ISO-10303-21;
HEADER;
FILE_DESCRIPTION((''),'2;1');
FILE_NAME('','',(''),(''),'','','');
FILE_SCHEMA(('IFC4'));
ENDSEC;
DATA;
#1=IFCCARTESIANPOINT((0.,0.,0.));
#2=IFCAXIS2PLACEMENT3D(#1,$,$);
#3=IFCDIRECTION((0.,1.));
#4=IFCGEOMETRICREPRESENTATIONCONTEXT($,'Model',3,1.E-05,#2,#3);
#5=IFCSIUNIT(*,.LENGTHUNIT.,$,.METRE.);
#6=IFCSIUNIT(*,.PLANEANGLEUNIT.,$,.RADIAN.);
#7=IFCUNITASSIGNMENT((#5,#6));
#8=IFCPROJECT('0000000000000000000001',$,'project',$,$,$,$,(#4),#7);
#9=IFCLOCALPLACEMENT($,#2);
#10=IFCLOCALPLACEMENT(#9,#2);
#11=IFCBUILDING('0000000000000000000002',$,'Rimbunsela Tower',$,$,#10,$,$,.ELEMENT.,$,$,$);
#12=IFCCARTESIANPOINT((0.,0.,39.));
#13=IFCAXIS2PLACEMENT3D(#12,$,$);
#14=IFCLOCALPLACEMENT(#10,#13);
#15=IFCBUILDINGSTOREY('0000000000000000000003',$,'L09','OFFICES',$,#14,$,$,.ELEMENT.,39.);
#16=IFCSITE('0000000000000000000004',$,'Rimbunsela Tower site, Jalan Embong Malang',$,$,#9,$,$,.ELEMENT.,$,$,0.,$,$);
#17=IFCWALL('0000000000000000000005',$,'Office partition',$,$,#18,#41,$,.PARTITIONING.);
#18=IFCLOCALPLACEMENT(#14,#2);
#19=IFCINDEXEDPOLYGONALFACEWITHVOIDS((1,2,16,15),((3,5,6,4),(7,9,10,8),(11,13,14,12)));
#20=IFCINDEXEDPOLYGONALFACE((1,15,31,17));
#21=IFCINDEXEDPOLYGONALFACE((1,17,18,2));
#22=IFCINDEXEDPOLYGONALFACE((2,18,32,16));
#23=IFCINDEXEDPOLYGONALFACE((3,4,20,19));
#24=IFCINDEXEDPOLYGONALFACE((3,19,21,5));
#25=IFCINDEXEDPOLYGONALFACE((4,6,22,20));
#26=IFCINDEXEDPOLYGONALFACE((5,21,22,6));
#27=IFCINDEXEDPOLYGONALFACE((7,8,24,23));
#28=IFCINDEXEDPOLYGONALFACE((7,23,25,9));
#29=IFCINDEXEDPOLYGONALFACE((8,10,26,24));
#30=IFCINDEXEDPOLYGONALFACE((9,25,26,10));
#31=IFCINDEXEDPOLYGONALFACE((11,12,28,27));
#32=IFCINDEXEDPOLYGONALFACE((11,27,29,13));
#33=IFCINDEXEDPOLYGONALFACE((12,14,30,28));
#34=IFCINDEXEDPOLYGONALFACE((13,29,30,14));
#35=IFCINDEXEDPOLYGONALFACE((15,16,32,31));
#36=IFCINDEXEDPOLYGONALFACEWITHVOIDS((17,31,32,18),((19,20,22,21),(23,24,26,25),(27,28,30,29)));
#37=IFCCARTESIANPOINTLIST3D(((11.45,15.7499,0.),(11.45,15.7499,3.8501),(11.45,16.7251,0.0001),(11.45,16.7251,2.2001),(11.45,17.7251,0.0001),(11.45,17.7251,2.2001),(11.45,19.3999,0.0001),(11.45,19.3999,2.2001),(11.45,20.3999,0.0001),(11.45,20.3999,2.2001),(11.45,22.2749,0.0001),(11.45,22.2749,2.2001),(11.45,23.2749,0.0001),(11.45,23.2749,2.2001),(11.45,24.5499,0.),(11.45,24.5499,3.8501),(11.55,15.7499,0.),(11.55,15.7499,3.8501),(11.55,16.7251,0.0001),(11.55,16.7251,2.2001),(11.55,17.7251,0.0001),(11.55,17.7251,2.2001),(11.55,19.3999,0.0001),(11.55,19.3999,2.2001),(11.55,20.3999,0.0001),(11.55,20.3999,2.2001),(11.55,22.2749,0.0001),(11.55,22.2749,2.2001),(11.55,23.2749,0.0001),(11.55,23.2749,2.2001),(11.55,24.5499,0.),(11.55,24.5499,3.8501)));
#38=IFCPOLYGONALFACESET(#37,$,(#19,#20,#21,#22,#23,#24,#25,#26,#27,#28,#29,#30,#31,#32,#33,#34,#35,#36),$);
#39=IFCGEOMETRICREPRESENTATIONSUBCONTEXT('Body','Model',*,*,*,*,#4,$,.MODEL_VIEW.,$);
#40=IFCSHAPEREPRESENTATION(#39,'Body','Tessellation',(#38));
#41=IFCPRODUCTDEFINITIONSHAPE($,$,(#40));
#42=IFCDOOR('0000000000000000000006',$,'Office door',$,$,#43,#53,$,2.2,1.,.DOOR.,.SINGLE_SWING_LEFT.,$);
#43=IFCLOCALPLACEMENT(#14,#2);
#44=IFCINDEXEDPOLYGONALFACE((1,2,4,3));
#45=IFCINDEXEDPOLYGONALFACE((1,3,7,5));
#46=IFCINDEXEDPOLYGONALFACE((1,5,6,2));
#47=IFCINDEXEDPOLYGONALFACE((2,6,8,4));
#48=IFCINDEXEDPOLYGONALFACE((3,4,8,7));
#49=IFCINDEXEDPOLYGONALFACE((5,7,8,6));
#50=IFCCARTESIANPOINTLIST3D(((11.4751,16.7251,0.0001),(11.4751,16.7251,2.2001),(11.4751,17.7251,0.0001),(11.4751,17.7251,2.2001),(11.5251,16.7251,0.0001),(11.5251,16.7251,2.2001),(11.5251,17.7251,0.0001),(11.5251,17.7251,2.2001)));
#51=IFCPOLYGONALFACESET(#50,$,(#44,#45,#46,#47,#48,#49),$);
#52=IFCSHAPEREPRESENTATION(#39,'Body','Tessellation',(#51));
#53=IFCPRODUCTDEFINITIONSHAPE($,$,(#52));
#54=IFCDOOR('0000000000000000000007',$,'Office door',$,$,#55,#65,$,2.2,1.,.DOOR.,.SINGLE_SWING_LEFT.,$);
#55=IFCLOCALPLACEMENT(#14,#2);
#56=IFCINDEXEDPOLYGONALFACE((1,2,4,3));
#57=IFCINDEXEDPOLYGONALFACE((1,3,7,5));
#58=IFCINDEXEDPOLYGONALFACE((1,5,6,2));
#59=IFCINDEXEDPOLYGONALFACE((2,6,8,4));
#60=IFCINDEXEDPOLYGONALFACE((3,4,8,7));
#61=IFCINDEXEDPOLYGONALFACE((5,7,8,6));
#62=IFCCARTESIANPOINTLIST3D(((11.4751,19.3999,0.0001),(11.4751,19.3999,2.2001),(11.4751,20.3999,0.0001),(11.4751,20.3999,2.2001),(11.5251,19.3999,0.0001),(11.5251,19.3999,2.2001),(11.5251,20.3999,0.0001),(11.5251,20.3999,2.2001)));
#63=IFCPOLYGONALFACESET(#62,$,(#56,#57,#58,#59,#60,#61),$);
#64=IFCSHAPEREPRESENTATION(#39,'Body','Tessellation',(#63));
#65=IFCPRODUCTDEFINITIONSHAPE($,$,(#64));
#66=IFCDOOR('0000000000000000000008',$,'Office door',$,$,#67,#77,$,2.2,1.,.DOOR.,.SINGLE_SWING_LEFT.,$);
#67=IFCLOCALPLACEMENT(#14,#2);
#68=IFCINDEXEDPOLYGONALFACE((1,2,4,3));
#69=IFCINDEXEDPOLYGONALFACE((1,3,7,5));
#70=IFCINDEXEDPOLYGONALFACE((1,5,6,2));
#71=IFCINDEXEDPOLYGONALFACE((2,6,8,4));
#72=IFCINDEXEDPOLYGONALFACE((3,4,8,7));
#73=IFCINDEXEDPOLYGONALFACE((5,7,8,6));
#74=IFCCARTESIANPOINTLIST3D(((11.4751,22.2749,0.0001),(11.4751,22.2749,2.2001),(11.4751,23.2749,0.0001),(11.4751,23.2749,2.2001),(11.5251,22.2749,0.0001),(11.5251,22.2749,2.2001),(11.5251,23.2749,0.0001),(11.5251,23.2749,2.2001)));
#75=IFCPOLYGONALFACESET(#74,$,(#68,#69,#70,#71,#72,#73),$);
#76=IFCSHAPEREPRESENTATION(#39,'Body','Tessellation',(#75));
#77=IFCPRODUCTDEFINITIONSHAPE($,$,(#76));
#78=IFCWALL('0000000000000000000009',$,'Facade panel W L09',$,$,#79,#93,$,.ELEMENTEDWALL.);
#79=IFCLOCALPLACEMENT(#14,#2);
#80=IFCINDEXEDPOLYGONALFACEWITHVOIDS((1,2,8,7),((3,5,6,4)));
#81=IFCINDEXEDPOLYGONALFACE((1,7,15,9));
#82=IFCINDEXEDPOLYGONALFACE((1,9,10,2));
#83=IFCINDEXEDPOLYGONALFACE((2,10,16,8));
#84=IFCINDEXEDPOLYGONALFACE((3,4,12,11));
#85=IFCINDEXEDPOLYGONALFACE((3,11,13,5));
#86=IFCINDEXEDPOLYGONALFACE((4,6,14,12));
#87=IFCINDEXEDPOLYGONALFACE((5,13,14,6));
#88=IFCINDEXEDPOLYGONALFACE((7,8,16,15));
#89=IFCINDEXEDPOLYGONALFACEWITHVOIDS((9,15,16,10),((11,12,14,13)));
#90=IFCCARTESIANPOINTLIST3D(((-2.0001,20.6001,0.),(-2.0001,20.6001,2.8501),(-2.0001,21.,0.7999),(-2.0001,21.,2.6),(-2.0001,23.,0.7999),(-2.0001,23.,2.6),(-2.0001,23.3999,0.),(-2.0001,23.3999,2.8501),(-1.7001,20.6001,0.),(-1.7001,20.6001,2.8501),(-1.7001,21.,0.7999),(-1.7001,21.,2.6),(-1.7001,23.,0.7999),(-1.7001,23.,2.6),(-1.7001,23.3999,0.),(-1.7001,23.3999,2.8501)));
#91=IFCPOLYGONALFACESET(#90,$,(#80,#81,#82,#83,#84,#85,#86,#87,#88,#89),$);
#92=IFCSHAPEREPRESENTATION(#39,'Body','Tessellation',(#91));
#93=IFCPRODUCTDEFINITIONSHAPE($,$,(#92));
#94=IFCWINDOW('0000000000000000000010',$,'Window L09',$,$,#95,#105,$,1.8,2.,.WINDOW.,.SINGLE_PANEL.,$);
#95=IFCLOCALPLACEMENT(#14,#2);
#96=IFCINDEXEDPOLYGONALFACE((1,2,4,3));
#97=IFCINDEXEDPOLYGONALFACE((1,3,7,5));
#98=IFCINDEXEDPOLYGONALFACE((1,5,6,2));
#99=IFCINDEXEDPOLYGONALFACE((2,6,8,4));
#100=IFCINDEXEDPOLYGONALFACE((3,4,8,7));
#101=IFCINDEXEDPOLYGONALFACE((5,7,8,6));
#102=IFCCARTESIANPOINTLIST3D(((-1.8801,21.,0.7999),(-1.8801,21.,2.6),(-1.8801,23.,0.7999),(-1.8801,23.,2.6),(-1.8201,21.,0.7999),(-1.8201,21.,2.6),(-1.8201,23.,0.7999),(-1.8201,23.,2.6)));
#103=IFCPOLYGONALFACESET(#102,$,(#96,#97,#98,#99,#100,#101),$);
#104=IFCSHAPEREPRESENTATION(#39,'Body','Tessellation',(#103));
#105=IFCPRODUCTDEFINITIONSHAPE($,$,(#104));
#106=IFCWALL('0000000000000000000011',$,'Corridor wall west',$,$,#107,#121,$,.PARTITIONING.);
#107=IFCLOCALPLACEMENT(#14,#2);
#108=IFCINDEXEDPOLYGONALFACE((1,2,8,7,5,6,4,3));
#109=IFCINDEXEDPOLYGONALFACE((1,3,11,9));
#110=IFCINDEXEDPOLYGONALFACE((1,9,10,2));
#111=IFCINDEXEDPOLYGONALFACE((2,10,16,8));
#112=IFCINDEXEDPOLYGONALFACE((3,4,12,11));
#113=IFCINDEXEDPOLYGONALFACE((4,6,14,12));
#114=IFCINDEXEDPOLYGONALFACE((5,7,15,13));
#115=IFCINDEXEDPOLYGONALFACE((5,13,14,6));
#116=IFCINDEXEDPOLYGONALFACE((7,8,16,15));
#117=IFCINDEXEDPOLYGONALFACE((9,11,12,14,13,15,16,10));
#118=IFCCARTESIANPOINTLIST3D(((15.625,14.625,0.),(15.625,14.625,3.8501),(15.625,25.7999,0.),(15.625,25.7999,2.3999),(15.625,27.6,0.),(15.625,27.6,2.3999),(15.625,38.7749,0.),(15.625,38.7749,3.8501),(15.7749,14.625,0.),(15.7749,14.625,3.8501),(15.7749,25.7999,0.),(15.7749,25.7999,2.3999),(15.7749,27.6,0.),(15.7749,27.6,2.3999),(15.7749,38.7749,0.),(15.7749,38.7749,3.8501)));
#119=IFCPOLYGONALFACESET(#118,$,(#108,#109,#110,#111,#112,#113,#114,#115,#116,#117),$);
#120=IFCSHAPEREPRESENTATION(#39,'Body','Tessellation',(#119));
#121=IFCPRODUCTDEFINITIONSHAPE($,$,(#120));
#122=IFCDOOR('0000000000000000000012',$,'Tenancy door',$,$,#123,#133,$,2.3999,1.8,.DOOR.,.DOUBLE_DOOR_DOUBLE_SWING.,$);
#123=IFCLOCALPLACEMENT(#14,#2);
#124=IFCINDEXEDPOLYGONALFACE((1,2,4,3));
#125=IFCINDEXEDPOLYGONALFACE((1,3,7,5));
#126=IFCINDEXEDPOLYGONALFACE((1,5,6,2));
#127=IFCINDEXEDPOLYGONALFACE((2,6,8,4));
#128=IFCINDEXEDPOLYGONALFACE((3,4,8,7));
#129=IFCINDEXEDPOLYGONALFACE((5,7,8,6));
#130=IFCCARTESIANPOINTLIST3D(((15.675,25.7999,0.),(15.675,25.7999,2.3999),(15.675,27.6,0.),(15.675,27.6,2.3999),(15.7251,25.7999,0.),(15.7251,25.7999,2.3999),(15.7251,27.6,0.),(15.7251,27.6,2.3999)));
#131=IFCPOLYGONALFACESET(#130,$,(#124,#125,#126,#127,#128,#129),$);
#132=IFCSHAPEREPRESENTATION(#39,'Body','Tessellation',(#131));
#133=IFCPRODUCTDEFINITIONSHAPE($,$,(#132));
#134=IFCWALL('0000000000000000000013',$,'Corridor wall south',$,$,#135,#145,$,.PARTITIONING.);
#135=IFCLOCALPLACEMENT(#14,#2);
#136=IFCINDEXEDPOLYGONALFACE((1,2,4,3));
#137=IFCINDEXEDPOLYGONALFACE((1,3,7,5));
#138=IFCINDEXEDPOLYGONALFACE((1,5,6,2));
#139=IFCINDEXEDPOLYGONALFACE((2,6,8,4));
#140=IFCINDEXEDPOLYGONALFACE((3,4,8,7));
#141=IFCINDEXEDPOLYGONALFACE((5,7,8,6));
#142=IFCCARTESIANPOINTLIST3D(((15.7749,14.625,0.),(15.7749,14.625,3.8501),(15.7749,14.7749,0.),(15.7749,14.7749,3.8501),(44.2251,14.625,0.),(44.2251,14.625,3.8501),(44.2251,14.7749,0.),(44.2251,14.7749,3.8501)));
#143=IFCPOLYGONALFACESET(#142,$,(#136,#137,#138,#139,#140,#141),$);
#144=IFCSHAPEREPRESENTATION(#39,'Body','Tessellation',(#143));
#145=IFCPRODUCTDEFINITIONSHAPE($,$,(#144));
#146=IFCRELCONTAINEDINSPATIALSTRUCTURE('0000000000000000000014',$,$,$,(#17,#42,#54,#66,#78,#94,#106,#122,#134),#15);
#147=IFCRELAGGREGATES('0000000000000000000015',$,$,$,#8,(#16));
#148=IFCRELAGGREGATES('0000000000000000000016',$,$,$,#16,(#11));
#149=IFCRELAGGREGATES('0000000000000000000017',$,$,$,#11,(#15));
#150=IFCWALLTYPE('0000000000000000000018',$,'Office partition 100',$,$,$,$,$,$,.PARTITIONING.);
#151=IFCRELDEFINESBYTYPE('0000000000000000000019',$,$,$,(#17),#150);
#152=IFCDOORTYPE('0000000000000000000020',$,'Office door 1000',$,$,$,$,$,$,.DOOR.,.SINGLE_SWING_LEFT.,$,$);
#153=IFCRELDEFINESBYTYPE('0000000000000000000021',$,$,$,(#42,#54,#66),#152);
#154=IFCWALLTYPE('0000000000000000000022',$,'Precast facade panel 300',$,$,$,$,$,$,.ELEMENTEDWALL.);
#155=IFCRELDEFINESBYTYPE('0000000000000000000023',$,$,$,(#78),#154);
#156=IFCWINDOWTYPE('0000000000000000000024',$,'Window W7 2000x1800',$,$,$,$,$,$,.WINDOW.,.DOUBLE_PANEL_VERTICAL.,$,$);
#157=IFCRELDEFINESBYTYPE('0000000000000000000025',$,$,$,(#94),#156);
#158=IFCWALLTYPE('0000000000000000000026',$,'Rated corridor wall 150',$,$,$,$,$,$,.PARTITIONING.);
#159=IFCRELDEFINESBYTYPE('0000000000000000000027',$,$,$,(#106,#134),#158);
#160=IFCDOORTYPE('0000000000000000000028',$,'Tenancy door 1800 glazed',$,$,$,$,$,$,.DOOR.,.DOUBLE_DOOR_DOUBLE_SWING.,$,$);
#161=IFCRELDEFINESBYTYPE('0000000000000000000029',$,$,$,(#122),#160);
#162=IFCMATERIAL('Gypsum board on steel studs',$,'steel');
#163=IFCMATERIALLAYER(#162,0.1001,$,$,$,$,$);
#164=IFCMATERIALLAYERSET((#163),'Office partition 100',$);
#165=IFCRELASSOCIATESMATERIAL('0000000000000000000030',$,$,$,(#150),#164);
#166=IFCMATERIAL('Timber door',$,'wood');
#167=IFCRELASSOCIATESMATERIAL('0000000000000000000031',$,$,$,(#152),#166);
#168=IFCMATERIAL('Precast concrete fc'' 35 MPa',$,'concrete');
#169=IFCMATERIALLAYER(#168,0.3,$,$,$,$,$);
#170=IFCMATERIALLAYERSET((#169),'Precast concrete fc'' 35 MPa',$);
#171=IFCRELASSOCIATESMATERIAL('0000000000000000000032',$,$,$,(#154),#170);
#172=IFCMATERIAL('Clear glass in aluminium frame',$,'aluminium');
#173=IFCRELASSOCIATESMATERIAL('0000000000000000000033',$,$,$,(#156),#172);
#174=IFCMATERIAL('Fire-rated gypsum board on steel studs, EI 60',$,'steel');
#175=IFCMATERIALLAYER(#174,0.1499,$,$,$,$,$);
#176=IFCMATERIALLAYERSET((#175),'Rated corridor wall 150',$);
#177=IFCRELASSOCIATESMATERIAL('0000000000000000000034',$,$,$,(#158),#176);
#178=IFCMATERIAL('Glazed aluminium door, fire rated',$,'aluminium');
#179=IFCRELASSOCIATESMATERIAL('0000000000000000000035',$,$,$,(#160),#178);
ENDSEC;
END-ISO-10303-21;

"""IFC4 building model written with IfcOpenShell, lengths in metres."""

from ifc_helpers import new_model, si_unit, direction, frame, frame_2d, origin, place, context, subcontext, project, spatial, rectangle, extrude, material, layer, layer_set, type_object, element, fill, save


model = new_model("IFC4")

# Units and contexts
model_context = context("Model", 3, precision=1e-05, world=origin(), true_north=direction((0.0, 1.0)))
body_context = subcontext(model_context, "Body", "Model", "MODEL_VIEW")
ifc_project = project(units=[si_unit("LENGTHUNIT", "METRE"), si_unit("PLANEANGLEUNIT", "RADIAN")], contexts=[model_context])

# Site, building, storey
site_placement = place(None, origin())
site = spatial("IfcSite", under=ifc_project, at=site_placement, Name="Rimbunsela Tower site, Jalan Embong Malang", CompositionType="ELEMENT", RefElevation=0.0)
building_placement = place(site_placement, origin())
building = spatial("IfcBuilding", under=site, at=building_placement, Name="Rimbunsela Tower", CompositionType="ELEMENT")
storey_placement = place(building_placement, frame((0.0, 0.0, 39.0)))
storey = spatial("IfcBuildingStorey", under=building, at=storey_placement, Name="L09", Description="OFFICES", CompositionType="ELEMENT", Elevation=39.0)

# Shared definitions
ifc_material_1 = material(Name="Gypsum board on steel studs", Category="steel")
ifc_layer_1 = layer(ifc_material_1, 0.1001)
ifc_layer_set_1 = layer_set([ifc_layer_1], Name="Office partition 100")
wall_type_1 = type_object("IfcWallType", Name="Office partition 100", PredefinedType="PARTITIONING", material=ifc_layer_set_1)

# Wall, openings, doors
ifc_material_2 = material(Name="Timber door", Category="wood")
door_type_1 = type_object("IfcDoorType", Name="Office door 1000", OperationType="SINGLE_SWING_LEFT", PredefinedType="DOOR", material=ifc_material_2)
wall_1_placement = place(storey_placement, frame((11.5, 15.75, 0.0), z_axis=(0.0, 0.0, 1.0), x_axis=(0.0, 1.0, 0.0)))
wall_1 = element("IfcWall", 1, at=wall_1_placement, inside=storey, type_object=wall_type_1, Name="Office partition", PredefinedType="PARTITIONING", context=body_context, shape_type="SweptSolid", body=[
    extrude(rectangle(XDim=8.8, YDim=0.1001, at=frame_2d((4.3999, 0.0))), origin(), (0.0, 0.0, 1.0), 3.8501),
])
opening_1_placement = place(wall_1_placement, frame((0.9751, 0.0, 0.0)))
opening_1 = element("IfcOpeningElement", 2, at=opening_1_placement, cuts=wall_1, PredefinedType="OPENING", context=body_context, shape_type="SweptSolid", body=[
    extrude(rectangle(XDim=1.0, YDim=2.2, at=frame_2d((0.5, 1.1001))), frame((0.0, 0.0601, 0.0), z_axis=(0.0, -1.0, 0.0), x_axis=(1.0, 0.0, 0.0)), (0.0, 0.0, 1.0), 0.1201),
])
opening_2_placement = place(wall_1_placement, frame((3.6499, 0.0, 0.0)))
opening_2 = element("IfcOpeningElement", 3, at=opening_2_placement, cuts=wall_1, PredefinedType="OPENING", context=body_context, shape_type="SweptSolid", body=[
    extrude(rectangle(XDim=1.0, YDim=2.2, at=frame_2d((0.5, 1.1001))), frame((0.0, 0.0601, 0.0), z_axis=(0.0, -1.0, 0.0), x_axis=(1.0, 0.0, 0.0)), (0.0, 0.0, 1.0), 0.1201),
])
opening_3_placement = place(wall_1_placement, frame((6.5249, 0.0, 0.0)))
opening_3 = element("IfcOpeningElement", 4, at=opening_3_placement, cuts=wall_1, PredefinedType="OPENING", context=body_context, shape_type="SweptSolid", body=[
    extrude(rectangle(XDim=1.0, YDim=2.2, at=frame_2d((0.5, 1.1001))), frame((0.0, 0.0601, 0.0), z_axis=(0.0, -1.0, 0.0), x_axis=(1.0, 0.0, 0.0)), (0.0, 0.0, 1.0), 0.1201),
])
door_1_placement = place(opening_1_placement, origin())
door_1 = element("IfcDoor", 5, at=door_1_placement, inside=storey, type_object=door_type_1, Name="Office door", OperationType="SINGLE_SWING_LEFT", OverallHeight=2.2, OverallWidth=1.0, PredefinedType="DOOR", context=body_context, shape_type="SweptSolid", body=[
    extrude(rectangle(XDim=1.0, YDim=2.2, at=frame_2d((0.5, 1.1001))), frame((0.0, 0.0249, 0.0), z_axis=(0.0, -1.0, 0.0), x_axis=(1.0, 0.0, 0.0)), (0.0, 0.0, 1.0), 0.05),
])
fill(opening_1, door_1)
door_2_placement = place(opening_2_placement, origin())
door_2 = element("IfcDoor", 6, at=door_2_placement, inside=storey, type_object=door_type_1, Name="Office door", OperationType="SINGLE_SWING_LEFT", OverallHeight=2.2, OverallWidth=1.0, PredefinedType="DOOR", context=body_context, shape_type="SweptSolid", body=[
    extrude(rectangle(XDim=1.0, YDim=2.2, at=frame_2d((0.5, 1.1001))), frame((0.0, 0.0249, 0.0), z_axis=(0.0, -1.0, 0.0), x_axis=(1.0, 0.0, 0.0)), (0.0, 0.0, 1.0), 0.05),
])
fill(opening_2, door_2)
door_3_placement = place(opening_3_placement, origin())
door_3 = element("IfcDoor", 7, at=door_3_placement, inside=storey, type_object=door_type_1, Name="Office door", OperationType="SINGLE_SWING_LEFT", OverallHeight=2.2, OverallWidth=1.0, PredefinedType="DOOR", context=body_context, shape_type="SweptSolid", body=[
    extrude(rectangle(XDim=1.0, YDim=2.2, at=frame_2d((0.5, 1.1001))), frame((0.0, 0.0249, 0.0), z_axis=(0.0, -1.0, 0.0), x_axis=(1.0, 0.0, 0.0)), (0.0, 0.0, 1.0), 0.05),
])
fill(opening_3, door_3)

# Wall, opening, window
ifc_material_3 = material(Name="Precast concrete fc' 35 MPa", Category="concrete")
ifc_layer_2 = layer(ifc_material_3, 0.3)
ifc_layer_set_2 = layer_set([ifc_layer_2], Name="Precast concrete fc' 35 MPa")
wall_type_2 = type_object("IfcWallType", Name="Precast facade panel 300", PredefinedType="ELEMENTEDWALL", material=ifc_layer_set_2)
wall_2_placement = place(storey_placement, frame((-1.8501, 23.3999, 0.0), z_axis=(0.0, 0.0, 1.0), x_axis=(0.0, -1.0, 0.0)))
wall_2 = element("IfcWall", 8, at=wall_2_placement, inside=storey, type_object=wall_type_2, Name="Facade panel W L09", PredefinedType="ELEMENTEDWALL", context=body_context, shape_type="SweptSolid", body=[
    extrude(rectangle(XDim=2.7998, YDim=0.3, at=frame_2d((1.3999, 0.0))), origin(), (0.0, 0.0, 1.0), 2.8501),
])
opening_4_placement = place(wall_2_placement, frame((0.3999, 0.0, 0.8)))
opening_4 = element("IfcOpeningElement", 9, at=opening_4_placement, cuts=wall_2, PredefinedType="OPENING", context=body_context, shape_type="SweptSolid", body=[
    extrude(rectangle(XDim=2.0, YDim=1.8, at=frame_2d((1.0, 0.8999))), frame((0.0, 0.1599, 0.0), z_axis=(0.0, -1.0, 0.0), x_axis=(1.0, 0.0, 0.0)), (0.0, 0.0, 1.0), 0.3201),
])
ifc_material_4 = material(Name="Clear glass in aluminium frame", Category="aluminium")
window_type = type_object("IfcWindowType", Name="Window W7 2000x1800", PartitioningType="DOUBLE_PANEL_VERTICAL", PredefinedType="WINDOW", material=ifc_material_4)
window_placement = place(opening_4_placement, origin())
window = element("IfcWindow", 10, at=window_placement, inside=storey, type_object=window_type, Name="Window L09", OverallHeight=1.8, OverallWidth=2.0, PartitioningType="SINGLE_PANEL", PredefinedType="WINDOW", context=body_context, shape_type="SweptSolid", body=[
    extrude(rectangle(XDim=2.0, YDim=1.8, at=frame_2d((1.0, 0.8999))), frame((0.0, 0.03, 0.0), z_axis=(0.0, -1.0, 0.0), x_axis=(1.0, 0.0, 0.0)), (0.0, 0.0, 1.0), 0.0601),
])
fill(opening_4, window)

# Wall, opening, door
ifc_material_5 = material(Name="Fire-rated gypsum board on steel studs, EI 60", Category="steel")
ifc_layer_3 = layer(ifc_material_5, 0.1499)
ifc_layer_set_3 = layer_set([ifc_layer_3], Name="Rated corridor wall 150")
wall_type_3 = type_object("IfcWallType", Name="Rated corridor wall 150", PredefinedType="PARTITIONING", material=ifc_layer_set_3)
wall_3_placement = place(storey_placement, frame((15.7, 14.625, 0.0), z_axis=(0.0, 0.0, 1.0), x_axis=(0.0, 1.0, 0.0)))
wall_3 = element("IfcWall", 11, at=wall_3_placement, inside=storey, type_object=wall_type_3, Name="Corridor wall west", PredefinedType="PARTITIONING", context=body_context, shape_type="SweptSolid", body=[
    extrude(rectangle(XDim=24.1499, YDim=0.1499, at=frame_2d((12.075, 0.0))), origin(), (0.0, 0.0, 1.0), 3.8501),
])
opening_5_placement = place(wall_3_placement, frame((11.175, 0.0, 0.0)))
opening_5 = element("IfcOpeningElement", 12, at=opening_5_placement, cuts=wall_3, PredefinedType="OPENING", context=body_context, shape_type="SweptSolid", body=[
    extrude(rectangle(XDim=1.8, YDim=2.3999, at=frame_2d((0.8999, 1.2))), frame((0.0, 0.085, 0.0), z_axis=(0.0, -1.0, 0.0), x_axis=(1.0, 0.0, 0.0)), (0.0, 0.0, 1.0), 0.1699),
])
ifc_material_6 = material(Name="Glazed aluminium door, fire rated", Category="aluminium")
door_type_2 = type_object("IfcDoorType", Name="Tenancy door 1800 glazed", OperationType="DOUBLE_DOOR_DOUBLE_SWING", PredefinedType="DOOR", material=ifc_material_6)
door_4_placement = place(opening_5_placement, origin())
door_4 = element("IfcDoor", 13, at=door_4_placement, inside=storey, type_object=door_type_2, Name="Tenancy door", OperationType="DOUBLE_DOOR_DOUBLE_SWING", OverallHeight=2.3999, OverallWidth=1.8, PredefinedType="DOOR", context=body_context, shape_type="SweptSolid", body=[
    extrude(rectangle(XDim=1.8, YDim=2.3999, at=frame_2d((0.8999, 1.2))), frame((0.0, 0.0249, 0.0), z_axis=(0.0, -1.0, 0.0), x_axis=(1.0, 0.0, 0.0)), (0.0, 0.0, 1.0), 0.05),
])
fill(opening_5, door_4)

# Wall
wall_4_placement = place(storey_placement, frame((15.7749, 14.7, 0.0), z_axis=(0.0, 0.0, 1.0), x_axis=(1.0, 0.0, 0.0)))
element("IfcWall", 14, at=wall_4_placement, inside=storey, type_object=wall_type_3, Name="Corridor wall south", PredefinedType="PARTITIONING", context=body_context, shape_type="SweptSolid", body=[
    extrude(rectangle(XDim=28.4502, YDim=0.1499, at=frame_2d((14.2251, 0.0))), origin(), (0.0, 0.0, 1.0), 3.8501),
])

save(model, "model.ifc")
